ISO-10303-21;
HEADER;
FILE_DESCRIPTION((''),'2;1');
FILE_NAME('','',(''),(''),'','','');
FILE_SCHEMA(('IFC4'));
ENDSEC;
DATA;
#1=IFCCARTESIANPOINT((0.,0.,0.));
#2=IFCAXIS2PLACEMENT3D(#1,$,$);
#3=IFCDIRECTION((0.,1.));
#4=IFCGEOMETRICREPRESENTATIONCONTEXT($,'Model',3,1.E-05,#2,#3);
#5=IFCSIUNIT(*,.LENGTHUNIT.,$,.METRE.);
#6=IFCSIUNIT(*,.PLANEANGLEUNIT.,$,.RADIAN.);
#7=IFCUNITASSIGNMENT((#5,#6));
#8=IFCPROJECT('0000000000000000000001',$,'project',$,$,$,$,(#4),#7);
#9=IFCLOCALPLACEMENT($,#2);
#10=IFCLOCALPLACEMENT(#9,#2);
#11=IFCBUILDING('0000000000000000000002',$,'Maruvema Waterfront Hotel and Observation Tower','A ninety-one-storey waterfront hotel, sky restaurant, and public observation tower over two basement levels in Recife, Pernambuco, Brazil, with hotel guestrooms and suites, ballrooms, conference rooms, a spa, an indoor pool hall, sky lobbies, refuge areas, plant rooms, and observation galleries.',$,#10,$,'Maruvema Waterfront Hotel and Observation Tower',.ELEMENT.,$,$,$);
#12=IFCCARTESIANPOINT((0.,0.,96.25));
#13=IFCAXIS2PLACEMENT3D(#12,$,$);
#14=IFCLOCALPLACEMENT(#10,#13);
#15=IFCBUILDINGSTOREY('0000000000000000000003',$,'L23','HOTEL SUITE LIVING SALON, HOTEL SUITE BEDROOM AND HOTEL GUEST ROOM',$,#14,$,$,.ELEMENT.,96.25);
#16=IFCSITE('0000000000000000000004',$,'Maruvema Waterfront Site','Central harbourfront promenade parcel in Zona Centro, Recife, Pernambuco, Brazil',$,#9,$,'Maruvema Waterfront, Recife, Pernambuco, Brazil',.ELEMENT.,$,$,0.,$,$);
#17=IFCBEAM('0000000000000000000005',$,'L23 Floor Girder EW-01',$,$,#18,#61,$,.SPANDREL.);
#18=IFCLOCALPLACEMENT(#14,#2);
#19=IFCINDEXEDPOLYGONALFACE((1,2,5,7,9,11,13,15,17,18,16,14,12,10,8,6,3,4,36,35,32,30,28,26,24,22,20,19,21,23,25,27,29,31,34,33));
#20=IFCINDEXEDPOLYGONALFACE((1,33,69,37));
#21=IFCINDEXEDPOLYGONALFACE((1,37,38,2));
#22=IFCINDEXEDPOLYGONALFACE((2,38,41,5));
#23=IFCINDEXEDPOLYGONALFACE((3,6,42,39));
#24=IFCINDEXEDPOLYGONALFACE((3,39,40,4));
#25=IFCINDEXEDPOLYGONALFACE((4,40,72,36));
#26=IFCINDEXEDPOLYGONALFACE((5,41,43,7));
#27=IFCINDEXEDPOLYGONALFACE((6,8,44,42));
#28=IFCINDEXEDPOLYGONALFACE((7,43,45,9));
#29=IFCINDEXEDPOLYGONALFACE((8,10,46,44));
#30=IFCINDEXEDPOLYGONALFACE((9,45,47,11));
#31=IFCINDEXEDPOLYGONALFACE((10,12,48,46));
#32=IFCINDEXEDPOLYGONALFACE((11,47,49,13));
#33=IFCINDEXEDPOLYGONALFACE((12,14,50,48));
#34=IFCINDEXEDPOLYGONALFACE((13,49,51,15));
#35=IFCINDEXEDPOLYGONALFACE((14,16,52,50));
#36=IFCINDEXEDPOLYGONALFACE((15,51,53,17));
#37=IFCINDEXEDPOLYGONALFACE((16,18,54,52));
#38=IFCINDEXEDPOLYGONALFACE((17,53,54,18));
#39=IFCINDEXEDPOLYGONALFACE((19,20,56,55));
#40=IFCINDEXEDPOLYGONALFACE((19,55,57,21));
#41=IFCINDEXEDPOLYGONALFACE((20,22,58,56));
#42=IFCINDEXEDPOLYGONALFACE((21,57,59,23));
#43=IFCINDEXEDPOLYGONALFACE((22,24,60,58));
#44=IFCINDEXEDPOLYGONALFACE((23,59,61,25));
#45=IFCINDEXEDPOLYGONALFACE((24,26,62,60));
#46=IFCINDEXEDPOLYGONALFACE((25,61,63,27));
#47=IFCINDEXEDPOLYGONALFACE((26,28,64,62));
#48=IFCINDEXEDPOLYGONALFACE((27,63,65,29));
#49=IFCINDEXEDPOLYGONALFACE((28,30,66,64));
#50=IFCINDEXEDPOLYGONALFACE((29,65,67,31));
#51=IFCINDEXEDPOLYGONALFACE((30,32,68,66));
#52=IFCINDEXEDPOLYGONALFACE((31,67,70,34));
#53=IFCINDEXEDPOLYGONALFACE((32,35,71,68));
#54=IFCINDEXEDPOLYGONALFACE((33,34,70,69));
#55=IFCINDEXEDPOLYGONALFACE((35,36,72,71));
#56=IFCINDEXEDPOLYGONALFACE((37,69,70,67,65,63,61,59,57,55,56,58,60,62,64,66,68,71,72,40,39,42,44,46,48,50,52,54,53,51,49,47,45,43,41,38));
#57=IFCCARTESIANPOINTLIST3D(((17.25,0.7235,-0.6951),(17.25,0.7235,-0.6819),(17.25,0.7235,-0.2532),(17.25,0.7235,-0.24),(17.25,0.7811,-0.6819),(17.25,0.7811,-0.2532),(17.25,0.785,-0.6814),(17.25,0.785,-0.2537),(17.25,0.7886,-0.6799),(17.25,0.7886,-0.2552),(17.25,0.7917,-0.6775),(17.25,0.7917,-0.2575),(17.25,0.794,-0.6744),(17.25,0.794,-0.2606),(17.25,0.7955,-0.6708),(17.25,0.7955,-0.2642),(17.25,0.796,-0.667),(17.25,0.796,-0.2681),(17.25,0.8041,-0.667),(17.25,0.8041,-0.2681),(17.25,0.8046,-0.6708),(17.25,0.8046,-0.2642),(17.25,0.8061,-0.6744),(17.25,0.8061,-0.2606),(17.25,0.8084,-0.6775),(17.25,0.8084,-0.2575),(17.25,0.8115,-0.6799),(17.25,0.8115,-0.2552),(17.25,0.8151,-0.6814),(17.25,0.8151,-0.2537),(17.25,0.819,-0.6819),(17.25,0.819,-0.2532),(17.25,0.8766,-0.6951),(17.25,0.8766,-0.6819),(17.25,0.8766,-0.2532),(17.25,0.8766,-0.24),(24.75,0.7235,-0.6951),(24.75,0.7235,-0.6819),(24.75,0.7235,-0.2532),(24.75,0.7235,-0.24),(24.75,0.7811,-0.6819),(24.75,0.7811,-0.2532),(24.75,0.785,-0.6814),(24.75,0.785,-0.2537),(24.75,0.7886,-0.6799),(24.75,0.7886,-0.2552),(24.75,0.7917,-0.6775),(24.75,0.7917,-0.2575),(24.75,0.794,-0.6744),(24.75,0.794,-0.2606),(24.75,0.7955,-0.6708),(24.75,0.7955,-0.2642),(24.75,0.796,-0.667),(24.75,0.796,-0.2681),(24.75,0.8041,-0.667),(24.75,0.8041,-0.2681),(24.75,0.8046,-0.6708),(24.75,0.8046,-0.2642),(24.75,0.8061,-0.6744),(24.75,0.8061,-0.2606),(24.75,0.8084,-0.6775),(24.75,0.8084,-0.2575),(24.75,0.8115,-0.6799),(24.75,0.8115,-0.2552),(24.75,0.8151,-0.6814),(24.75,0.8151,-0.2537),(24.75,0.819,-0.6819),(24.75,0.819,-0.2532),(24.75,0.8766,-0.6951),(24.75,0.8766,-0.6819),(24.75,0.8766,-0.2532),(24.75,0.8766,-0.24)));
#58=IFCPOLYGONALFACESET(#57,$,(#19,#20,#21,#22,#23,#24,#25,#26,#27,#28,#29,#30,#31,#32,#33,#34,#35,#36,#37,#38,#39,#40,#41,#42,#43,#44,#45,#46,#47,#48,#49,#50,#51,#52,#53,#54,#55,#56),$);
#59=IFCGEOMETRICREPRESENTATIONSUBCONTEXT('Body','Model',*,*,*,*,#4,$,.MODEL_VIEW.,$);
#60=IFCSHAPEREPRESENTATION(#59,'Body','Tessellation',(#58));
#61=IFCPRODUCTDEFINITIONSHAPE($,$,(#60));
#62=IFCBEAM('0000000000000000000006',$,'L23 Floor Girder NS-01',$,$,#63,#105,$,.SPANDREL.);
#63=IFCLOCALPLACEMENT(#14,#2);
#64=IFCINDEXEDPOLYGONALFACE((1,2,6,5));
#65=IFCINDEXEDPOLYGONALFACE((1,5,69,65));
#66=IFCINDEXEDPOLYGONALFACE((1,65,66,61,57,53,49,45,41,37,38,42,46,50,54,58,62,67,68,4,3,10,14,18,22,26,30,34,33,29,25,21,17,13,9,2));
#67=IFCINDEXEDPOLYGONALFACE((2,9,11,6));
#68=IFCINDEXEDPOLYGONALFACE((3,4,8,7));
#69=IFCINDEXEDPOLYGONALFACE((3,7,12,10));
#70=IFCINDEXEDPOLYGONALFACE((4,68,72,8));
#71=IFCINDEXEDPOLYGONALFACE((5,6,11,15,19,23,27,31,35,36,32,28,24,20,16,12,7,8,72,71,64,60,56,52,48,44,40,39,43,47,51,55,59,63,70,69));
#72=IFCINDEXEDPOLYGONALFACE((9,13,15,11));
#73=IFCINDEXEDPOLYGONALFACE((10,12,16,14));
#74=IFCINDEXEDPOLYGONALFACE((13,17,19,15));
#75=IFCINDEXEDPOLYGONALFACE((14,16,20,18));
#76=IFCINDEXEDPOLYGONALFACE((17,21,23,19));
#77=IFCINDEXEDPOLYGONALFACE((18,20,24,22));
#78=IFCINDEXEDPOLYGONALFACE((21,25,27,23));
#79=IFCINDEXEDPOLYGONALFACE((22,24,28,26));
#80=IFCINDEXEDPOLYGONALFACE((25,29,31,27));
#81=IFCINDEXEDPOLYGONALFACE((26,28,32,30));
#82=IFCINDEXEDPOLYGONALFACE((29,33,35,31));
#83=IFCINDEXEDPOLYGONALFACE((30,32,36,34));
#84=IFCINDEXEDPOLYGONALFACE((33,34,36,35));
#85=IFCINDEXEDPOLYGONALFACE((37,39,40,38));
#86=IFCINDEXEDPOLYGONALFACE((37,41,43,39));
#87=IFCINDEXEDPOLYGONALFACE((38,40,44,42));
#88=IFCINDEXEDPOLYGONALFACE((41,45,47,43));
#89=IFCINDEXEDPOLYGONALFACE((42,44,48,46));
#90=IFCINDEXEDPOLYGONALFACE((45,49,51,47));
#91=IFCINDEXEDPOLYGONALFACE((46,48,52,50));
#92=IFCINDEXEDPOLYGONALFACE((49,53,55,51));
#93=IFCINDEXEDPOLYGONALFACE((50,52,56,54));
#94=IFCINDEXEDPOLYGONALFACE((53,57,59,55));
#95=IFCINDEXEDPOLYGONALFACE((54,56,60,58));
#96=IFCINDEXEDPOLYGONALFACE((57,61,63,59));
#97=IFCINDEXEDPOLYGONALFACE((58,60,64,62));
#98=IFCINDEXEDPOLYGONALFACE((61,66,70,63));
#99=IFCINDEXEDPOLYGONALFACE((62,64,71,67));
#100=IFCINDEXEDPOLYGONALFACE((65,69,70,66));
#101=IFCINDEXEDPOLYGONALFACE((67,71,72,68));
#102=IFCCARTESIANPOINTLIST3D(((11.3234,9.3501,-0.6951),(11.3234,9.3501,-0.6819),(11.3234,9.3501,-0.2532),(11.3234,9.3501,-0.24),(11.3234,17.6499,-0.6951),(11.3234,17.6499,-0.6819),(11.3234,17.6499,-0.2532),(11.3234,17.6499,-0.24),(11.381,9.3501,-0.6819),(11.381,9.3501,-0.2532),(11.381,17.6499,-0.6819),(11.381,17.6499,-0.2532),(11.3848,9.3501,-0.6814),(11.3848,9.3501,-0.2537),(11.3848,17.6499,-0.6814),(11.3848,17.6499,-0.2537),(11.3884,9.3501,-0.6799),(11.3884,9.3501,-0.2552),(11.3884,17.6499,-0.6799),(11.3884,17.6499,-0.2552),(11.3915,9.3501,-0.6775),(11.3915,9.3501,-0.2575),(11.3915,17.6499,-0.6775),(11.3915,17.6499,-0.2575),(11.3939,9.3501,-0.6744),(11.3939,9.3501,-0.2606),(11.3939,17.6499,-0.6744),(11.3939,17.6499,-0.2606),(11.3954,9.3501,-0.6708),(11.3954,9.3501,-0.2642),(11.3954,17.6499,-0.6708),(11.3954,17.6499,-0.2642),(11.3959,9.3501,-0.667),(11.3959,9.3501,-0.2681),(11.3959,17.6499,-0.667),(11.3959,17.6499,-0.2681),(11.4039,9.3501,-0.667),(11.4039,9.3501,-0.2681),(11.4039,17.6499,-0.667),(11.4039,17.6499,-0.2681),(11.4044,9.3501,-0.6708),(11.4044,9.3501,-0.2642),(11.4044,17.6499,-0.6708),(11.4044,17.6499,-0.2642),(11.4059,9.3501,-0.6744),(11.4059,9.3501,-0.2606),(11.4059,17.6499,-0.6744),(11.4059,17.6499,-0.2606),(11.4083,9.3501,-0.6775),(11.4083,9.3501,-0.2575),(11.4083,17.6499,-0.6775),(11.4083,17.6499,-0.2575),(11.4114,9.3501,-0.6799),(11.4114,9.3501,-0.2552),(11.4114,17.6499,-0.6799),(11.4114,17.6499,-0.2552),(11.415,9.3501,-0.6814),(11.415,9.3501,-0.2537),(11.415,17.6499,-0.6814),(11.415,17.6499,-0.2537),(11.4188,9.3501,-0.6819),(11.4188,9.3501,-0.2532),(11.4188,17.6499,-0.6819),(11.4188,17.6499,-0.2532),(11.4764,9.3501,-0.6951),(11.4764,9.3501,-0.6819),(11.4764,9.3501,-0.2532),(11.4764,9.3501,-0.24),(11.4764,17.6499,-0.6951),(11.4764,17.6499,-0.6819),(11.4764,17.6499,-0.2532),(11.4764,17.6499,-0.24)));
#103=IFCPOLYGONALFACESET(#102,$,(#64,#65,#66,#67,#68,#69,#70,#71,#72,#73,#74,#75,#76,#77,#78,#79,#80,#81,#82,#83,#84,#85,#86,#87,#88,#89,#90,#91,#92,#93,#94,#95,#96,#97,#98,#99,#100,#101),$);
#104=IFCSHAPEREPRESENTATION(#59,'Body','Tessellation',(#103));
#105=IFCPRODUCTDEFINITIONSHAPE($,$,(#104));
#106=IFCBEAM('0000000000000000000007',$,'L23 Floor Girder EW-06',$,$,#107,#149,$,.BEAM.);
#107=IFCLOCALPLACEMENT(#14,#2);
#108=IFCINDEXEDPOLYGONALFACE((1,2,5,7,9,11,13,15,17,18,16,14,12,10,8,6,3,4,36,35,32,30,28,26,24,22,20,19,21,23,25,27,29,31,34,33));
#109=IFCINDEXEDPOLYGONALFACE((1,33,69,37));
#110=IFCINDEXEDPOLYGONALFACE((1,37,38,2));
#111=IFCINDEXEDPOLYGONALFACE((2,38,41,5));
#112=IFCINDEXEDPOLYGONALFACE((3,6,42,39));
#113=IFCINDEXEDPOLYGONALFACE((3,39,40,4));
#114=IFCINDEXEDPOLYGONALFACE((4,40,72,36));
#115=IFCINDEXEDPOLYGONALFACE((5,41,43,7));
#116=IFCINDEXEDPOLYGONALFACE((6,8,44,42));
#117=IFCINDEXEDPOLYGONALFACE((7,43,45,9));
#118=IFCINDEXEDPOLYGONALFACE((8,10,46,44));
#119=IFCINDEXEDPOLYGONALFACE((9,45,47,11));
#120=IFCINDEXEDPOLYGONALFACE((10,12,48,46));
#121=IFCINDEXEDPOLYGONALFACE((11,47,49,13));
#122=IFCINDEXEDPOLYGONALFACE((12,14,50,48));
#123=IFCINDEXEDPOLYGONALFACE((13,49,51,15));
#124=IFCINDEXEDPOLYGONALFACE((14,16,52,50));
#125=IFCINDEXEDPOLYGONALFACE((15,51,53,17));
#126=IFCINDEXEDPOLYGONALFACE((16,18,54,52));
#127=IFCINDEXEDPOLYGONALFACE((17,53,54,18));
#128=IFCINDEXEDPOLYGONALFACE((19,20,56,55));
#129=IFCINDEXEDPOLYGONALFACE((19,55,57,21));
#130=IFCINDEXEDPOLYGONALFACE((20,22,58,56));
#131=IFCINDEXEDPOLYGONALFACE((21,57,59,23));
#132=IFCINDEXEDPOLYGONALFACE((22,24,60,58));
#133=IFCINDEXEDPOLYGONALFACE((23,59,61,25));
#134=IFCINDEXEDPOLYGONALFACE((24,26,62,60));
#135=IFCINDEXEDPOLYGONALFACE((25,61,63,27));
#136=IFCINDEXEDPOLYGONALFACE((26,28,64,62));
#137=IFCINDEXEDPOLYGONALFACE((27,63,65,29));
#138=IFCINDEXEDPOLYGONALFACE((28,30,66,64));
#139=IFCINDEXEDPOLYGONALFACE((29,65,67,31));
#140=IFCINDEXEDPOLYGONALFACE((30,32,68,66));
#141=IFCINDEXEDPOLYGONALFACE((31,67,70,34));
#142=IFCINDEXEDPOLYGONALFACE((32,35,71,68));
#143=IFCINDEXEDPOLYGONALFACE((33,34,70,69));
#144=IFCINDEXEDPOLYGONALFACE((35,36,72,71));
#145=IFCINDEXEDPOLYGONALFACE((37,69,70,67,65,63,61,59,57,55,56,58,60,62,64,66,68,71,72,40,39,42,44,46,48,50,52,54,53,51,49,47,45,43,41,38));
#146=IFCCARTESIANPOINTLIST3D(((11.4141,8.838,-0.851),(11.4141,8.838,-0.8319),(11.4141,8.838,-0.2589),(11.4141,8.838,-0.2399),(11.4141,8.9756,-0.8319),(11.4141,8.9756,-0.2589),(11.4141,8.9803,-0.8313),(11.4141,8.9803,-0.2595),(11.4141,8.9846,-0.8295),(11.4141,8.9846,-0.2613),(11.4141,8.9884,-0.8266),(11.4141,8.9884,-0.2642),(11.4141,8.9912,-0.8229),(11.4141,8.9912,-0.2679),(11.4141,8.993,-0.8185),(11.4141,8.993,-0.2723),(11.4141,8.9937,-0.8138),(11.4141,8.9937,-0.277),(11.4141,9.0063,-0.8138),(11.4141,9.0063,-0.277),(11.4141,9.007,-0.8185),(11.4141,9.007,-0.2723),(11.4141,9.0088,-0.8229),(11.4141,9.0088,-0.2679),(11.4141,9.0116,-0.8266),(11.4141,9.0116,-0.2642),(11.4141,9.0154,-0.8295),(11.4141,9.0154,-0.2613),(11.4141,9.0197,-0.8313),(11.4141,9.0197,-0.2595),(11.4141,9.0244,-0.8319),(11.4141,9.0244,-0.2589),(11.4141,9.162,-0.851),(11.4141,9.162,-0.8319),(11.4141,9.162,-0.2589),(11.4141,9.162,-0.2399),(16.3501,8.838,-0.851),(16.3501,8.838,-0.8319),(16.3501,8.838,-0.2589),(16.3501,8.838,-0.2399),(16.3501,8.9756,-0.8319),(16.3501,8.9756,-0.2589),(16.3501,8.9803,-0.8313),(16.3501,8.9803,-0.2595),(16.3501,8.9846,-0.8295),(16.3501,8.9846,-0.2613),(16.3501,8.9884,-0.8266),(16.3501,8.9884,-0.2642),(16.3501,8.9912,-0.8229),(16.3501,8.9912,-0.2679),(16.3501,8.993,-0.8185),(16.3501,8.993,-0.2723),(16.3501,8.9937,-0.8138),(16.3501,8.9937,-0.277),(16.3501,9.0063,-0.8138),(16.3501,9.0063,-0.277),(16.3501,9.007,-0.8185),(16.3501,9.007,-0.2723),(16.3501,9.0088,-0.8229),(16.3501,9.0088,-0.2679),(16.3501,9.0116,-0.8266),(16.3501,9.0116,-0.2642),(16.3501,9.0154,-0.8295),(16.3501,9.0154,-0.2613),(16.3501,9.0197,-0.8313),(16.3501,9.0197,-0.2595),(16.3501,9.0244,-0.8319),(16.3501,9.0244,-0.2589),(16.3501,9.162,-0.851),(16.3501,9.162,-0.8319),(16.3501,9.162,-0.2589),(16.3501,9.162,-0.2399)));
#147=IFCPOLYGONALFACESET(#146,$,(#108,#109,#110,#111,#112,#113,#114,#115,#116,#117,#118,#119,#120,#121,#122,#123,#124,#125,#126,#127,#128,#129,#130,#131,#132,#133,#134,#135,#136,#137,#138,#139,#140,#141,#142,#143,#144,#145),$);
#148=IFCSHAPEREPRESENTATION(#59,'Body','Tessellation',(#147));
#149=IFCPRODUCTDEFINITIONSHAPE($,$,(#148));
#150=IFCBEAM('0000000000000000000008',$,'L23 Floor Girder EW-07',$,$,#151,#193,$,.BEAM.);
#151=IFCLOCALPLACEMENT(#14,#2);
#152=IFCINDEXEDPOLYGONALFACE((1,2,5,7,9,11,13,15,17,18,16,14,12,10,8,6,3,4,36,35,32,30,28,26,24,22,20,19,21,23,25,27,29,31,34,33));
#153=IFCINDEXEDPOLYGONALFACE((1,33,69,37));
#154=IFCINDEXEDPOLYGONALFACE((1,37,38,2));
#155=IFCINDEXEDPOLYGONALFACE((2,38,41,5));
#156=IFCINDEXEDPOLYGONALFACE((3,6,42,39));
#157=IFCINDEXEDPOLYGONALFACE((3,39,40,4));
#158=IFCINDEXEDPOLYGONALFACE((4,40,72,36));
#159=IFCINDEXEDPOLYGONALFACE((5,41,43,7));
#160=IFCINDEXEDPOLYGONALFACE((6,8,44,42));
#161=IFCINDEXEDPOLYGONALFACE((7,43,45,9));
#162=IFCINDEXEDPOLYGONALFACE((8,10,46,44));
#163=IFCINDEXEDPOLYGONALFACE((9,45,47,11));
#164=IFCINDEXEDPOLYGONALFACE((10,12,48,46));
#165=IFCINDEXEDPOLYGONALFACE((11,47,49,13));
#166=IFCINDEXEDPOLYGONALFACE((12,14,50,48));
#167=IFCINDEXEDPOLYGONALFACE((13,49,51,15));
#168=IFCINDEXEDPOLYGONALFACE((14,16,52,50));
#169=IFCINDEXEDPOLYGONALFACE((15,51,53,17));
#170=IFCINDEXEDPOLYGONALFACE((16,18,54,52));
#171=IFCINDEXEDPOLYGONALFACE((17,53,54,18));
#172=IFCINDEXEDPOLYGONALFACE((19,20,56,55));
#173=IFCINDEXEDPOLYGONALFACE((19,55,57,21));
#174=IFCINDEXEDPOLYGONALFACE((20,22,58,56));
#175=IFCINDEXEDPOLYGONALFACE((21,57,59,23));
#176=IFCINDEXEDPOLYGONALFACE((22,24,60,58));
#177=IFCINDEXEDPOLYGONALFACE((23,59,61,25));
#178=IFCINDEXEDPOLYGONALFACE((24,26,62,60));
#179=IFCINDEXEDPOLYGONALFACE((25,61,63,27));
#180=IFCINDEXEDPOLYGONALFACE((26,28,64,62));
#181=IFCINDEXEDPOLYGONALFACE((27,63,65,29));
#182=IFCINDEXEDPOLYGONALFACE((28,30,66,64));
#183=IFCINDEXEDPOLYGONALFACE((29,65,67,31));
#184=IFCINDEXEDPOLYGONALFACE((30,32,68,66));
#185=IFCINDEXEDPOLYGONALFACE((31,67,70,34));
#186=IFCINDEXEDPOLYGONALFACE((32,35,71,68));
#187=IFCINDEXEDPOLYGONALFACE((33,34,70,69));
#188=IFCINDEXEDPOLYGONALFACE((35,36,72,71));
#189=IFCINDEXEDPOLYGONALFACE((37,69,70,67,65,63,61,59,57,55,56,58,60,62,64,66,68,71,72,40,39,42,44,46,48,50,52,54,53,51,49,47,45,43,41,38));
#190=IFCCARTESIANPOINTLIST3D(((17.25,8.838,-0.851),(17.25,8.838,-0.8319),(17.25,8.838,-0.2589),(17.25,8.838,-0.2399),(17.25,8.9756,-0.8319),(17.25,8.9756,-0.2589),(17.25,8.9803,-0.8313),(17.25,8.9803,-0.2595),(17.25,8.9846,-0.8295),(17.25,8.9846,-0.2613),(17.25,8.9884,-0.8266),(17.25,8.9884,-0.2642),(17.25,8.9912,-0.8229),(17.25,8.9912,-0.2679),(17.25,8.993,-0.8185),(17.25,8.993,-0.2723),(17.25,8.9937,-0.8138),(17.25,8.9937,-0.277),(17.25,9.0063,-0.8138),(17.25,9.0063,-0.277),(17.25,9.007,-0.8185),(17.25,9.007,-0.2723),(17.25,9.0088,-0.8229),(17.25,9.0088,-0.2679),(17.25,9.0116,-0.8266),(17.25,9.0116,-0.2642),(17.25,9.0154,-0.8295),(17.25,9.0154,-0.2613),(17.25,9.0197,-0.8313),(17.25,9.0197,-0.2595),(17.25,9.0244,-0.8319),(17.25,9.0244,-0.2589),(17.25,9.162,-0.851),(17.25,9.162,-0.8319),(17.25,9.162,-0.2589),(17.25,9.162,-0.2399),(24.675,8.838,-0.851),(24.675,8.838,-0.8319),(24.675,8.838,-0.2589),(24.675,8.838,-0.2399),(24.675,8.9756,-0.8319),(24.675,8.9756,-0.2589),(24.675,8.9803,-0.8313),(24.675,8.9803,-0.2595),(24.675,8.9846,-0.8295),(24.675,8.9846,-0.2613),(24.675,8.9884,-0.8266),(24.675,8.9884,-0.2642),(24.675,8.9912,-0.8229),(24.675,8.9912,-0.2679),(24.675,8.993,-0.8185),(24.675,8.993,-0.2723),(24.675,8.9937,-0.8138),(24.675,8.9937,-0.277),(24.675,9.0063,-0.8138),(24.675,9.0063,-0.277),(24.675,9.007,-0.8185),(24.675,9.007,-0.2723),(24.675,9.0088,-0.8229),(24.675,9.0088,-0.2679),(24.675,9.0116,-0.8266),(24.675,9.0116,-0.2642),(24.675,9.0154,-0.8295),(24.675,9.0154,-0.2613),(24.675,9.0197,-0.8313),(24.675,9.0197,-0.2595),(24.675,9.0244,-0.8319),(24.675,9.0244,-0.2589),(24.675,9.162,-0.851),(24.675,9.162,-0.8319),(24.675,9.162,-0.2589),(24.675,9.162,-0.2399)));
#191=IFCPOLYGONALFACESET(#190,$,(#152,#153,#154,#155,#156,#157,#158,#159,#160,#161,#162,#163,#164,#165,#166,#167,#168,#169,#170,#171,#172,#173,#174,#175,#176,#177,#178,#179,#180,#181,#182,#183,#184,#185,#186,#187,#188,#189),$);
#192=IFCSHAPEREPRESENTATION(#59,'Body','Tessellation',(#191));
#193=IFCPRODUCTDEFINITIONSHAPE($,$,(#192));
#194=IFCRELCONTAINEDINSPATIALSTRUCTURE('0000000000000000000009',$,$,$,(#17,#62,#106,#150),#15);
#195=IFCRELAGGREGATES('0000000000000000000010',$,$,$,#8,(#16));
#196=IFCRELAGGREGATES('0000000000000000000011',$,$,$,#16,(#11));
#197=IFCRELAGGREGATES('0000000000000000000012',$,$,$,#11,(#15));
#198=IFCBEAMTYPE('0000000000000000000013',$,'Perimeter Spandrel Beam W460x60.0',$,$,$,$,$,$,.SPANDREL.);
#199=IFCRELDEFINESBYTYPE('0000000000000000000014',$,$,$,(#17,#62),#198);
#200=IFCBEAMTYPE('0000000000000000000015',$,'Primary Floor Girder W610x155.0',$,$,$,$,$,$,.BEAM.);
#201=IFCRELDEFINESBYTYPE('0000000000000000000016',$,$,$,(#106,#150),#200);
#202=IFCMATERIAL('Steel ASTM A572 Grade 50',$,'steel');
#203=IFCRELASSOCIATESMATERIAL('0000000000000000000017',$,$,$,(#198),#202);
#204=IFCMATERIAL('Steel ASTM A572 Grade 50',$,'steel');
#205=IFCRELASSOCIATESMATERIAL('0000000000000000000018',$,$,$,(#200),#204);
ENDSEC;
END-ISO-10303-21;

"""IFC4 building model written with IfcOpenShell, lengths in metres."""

from ifc_helpers import new_model, si_unit, direction, frame, origin, origin_2d, place, context, subcontext, project, spatial, i_section, extrude, material, material_profile, profile_set, type_object, element, save


model = new_model("IFC4")

# Units and contexts
model_context = context("Model", 3, precision=1e-05, world=origin(), true_north=direction((0.0, 1.0)))
body_context = subcontext(model_context, "Body", "Model", "MODEL_VIEW")
ifc_project = project(units=[si_unit("LENGTHUNIT", "METRE"), si_unit("PLANEANGLEUNIT", "RADIAN")], contexts=[model_context])

# Site, building, storey
site_placement = place(None, origin())
site = spatial("IfcSite", under=ifc_project, at=site_placement, Name="Maruvema Waterfront Site", Description="Central harbourfront promenade parcel in Zona Centro, Recife, Pernambuco, Brazil", LongName="Maruvema Waterfront, Recife, Pernambuco, Brazil", CompositionType="ELEMENT", RefElevation=0.0)
building_placement = place(site_placement, origin())
building = spatial("IfcBuilding", under=site, at=building_placement, Name="Maruvema Waterfront Hotel and Observation Tower", Description="A ninety-one-storey waterfront hotel, sky restaurant, and public observation tower over two basement levels in Recife, Pernambuco, Brazil, with hotel guestrooms and suites, ballrooms, conference rooms, a spa, an indoor pool hall, sky lobbies, refuge areas, plant rooms, and observation galleries.", LongName="Maruvema Waterfront Hotel and Observation Tower", CompositionType="ELEMENT")
storey_placement = place(building_placement, frame((0.0, 0.0, 96.25)))
storey = spatial("IfcBuildingStorey", under=building, at=storey_placement, Name="L23", Description="HOTEL SUITE LIVING SALON, HOTEL SUITE BEDROOM AND HOTEL GUEST ROOM", CompositionType="ELEMENT", Elevation=96.25)

# Beams
ifc_material_1 = material(Name="Steel ASTM A572 Grade 50", Category="steel")
ifc_material_profile_1 = material_profile(ifc_material_1, i_section(OverallWidth=0.1531, OverallDepth=0.4551, WebThickness=0.0081, FlangeThickness=0.0132, FilletRadius=0.0149, at=origin_2d()), Name="W460x60.0")
ifc_profile_set_1 = profile_set([ifc_material_profile_1], Name="Steel ASTM A572 Grade 50")
beam_type_1 = type_object("IfcBeamType", Name="Perimeter Spandrel Beam W460x60.0", PredefinedType="SPANDREL", material=ifc_profile_set_1)
beam_1_placement = place(storey_placement, frame((17.25, 0.8, -0.4675), z_axis=(1.0, 0.0, 0.0), x_axis=(0.0, 1.0, 0.0)))
element("IfcBeam", 1, at=beam_1_placement, inside=storey, type_object=beam_type_1, Name="L23 Floor Girder EW-01", PredefinedType="SPANDREL", context=body_context, shape_type="SweptSolid", body=[
    extrude(i_section(OverallWidth=0.1531, OverallDepth=0.4551, WebThickness=0.0081, FlangeThickness=0.0132, FilletRadius=0.0149, at=origin_2d()), origin(), (0.0, 0.0, 1.0), 7.5),
])
beam_2_placement = place(storey_placement, frame((11.3999, 9.3501, -0.4675), z_axis=(0.0, 1.0, 0.0), x_axis=(-1.0, 0.0, 0.0)))
element("IfcBeam", 2, at=beam_2_placement, inside=storey, type_object=beam_type_1, Name="L23 Floor Girder NS-01", PredefinedType="SPANDREL", context=body_context, shape_type="SweptSolid", body=[
    extrude(i_section(OverallWidth=0.1531, OverallDepth=0.4551, WebThickness=0.0081, FlangeThickness=0.0132, FilletRadius=0.0149, at=origin_2d()), origin(), (0.0, 0.0, 1.0), 8.2998),
])
ifc_material_2 = material(Name="Steel ASTM A572 Grade 50", Category="steel")
ifc_material_profile_2 = material_profile(ifc_material_2, i_section(OverallWidth=0.324, OverallDepth=0.6111, WebThickness=0.0127, FlangeThickness=0.019, FilletRadius=0.0181, at=origin_2d()), Name="W610x155.0")
ifc_profile_set_2 = profile_set([ifc_material_profile_2], Name="Steel ASTM A572 Grade 50")
beam_type_2 = type_object("IfcBeamType", Name="Primary Floor Girder W610x155.0", PredefinedType="BEAM", material=ifc_profile_set_2)
beam_3_placement = place(storey_placement, frame((11.4141, 9.0, -0.5454), z_axis=(1.0, 0.0, 0.0), x_axis=(0.0, 1.0, 0.0)))
element("IfcBeam", 3, at=beam_3_placement, inside=storey, type_object=beam_type_2, Name="L23 Floor Girder EW-06", PredefinedType="BEAM", context=body_context, shape_type="SweptSolid", body=[
    extrude(i_section(OverallWidth=0.324, OverallDepth=0.6111, WebThickness=0.0127, FlangeThickness=0.019, FilletRadius=0.0181, at=origin_2d()), origin(), (0.0, 0.0, 1.0), 4.936),
])
beam_4_placement = place(storey_placement, frame((17.25, 9.0, -0.5454), z_axis=(1.0, 0.0, 0.0), x_axis=(0.0, 1.0, 0.0)))
element("IfcBeam", 4, at=beam_4_placement, inside=storey, type_object=beam_type_2, Name="L23 Floor Girder EW-07", PredefinedType="BEAM", context=body_context, shape_type="SweptSolid", body=[
    extrude(i_section(OverallWidth=0.324, OverallDepth=0.6111, WebThickness=0.0127, FlangeThickness=0.019, FilletRadius=0.0181, at=origin_2d()), origin(), (0.0, 0.0, 1.0), 7.425),
])

save(model, "model.ifc")
